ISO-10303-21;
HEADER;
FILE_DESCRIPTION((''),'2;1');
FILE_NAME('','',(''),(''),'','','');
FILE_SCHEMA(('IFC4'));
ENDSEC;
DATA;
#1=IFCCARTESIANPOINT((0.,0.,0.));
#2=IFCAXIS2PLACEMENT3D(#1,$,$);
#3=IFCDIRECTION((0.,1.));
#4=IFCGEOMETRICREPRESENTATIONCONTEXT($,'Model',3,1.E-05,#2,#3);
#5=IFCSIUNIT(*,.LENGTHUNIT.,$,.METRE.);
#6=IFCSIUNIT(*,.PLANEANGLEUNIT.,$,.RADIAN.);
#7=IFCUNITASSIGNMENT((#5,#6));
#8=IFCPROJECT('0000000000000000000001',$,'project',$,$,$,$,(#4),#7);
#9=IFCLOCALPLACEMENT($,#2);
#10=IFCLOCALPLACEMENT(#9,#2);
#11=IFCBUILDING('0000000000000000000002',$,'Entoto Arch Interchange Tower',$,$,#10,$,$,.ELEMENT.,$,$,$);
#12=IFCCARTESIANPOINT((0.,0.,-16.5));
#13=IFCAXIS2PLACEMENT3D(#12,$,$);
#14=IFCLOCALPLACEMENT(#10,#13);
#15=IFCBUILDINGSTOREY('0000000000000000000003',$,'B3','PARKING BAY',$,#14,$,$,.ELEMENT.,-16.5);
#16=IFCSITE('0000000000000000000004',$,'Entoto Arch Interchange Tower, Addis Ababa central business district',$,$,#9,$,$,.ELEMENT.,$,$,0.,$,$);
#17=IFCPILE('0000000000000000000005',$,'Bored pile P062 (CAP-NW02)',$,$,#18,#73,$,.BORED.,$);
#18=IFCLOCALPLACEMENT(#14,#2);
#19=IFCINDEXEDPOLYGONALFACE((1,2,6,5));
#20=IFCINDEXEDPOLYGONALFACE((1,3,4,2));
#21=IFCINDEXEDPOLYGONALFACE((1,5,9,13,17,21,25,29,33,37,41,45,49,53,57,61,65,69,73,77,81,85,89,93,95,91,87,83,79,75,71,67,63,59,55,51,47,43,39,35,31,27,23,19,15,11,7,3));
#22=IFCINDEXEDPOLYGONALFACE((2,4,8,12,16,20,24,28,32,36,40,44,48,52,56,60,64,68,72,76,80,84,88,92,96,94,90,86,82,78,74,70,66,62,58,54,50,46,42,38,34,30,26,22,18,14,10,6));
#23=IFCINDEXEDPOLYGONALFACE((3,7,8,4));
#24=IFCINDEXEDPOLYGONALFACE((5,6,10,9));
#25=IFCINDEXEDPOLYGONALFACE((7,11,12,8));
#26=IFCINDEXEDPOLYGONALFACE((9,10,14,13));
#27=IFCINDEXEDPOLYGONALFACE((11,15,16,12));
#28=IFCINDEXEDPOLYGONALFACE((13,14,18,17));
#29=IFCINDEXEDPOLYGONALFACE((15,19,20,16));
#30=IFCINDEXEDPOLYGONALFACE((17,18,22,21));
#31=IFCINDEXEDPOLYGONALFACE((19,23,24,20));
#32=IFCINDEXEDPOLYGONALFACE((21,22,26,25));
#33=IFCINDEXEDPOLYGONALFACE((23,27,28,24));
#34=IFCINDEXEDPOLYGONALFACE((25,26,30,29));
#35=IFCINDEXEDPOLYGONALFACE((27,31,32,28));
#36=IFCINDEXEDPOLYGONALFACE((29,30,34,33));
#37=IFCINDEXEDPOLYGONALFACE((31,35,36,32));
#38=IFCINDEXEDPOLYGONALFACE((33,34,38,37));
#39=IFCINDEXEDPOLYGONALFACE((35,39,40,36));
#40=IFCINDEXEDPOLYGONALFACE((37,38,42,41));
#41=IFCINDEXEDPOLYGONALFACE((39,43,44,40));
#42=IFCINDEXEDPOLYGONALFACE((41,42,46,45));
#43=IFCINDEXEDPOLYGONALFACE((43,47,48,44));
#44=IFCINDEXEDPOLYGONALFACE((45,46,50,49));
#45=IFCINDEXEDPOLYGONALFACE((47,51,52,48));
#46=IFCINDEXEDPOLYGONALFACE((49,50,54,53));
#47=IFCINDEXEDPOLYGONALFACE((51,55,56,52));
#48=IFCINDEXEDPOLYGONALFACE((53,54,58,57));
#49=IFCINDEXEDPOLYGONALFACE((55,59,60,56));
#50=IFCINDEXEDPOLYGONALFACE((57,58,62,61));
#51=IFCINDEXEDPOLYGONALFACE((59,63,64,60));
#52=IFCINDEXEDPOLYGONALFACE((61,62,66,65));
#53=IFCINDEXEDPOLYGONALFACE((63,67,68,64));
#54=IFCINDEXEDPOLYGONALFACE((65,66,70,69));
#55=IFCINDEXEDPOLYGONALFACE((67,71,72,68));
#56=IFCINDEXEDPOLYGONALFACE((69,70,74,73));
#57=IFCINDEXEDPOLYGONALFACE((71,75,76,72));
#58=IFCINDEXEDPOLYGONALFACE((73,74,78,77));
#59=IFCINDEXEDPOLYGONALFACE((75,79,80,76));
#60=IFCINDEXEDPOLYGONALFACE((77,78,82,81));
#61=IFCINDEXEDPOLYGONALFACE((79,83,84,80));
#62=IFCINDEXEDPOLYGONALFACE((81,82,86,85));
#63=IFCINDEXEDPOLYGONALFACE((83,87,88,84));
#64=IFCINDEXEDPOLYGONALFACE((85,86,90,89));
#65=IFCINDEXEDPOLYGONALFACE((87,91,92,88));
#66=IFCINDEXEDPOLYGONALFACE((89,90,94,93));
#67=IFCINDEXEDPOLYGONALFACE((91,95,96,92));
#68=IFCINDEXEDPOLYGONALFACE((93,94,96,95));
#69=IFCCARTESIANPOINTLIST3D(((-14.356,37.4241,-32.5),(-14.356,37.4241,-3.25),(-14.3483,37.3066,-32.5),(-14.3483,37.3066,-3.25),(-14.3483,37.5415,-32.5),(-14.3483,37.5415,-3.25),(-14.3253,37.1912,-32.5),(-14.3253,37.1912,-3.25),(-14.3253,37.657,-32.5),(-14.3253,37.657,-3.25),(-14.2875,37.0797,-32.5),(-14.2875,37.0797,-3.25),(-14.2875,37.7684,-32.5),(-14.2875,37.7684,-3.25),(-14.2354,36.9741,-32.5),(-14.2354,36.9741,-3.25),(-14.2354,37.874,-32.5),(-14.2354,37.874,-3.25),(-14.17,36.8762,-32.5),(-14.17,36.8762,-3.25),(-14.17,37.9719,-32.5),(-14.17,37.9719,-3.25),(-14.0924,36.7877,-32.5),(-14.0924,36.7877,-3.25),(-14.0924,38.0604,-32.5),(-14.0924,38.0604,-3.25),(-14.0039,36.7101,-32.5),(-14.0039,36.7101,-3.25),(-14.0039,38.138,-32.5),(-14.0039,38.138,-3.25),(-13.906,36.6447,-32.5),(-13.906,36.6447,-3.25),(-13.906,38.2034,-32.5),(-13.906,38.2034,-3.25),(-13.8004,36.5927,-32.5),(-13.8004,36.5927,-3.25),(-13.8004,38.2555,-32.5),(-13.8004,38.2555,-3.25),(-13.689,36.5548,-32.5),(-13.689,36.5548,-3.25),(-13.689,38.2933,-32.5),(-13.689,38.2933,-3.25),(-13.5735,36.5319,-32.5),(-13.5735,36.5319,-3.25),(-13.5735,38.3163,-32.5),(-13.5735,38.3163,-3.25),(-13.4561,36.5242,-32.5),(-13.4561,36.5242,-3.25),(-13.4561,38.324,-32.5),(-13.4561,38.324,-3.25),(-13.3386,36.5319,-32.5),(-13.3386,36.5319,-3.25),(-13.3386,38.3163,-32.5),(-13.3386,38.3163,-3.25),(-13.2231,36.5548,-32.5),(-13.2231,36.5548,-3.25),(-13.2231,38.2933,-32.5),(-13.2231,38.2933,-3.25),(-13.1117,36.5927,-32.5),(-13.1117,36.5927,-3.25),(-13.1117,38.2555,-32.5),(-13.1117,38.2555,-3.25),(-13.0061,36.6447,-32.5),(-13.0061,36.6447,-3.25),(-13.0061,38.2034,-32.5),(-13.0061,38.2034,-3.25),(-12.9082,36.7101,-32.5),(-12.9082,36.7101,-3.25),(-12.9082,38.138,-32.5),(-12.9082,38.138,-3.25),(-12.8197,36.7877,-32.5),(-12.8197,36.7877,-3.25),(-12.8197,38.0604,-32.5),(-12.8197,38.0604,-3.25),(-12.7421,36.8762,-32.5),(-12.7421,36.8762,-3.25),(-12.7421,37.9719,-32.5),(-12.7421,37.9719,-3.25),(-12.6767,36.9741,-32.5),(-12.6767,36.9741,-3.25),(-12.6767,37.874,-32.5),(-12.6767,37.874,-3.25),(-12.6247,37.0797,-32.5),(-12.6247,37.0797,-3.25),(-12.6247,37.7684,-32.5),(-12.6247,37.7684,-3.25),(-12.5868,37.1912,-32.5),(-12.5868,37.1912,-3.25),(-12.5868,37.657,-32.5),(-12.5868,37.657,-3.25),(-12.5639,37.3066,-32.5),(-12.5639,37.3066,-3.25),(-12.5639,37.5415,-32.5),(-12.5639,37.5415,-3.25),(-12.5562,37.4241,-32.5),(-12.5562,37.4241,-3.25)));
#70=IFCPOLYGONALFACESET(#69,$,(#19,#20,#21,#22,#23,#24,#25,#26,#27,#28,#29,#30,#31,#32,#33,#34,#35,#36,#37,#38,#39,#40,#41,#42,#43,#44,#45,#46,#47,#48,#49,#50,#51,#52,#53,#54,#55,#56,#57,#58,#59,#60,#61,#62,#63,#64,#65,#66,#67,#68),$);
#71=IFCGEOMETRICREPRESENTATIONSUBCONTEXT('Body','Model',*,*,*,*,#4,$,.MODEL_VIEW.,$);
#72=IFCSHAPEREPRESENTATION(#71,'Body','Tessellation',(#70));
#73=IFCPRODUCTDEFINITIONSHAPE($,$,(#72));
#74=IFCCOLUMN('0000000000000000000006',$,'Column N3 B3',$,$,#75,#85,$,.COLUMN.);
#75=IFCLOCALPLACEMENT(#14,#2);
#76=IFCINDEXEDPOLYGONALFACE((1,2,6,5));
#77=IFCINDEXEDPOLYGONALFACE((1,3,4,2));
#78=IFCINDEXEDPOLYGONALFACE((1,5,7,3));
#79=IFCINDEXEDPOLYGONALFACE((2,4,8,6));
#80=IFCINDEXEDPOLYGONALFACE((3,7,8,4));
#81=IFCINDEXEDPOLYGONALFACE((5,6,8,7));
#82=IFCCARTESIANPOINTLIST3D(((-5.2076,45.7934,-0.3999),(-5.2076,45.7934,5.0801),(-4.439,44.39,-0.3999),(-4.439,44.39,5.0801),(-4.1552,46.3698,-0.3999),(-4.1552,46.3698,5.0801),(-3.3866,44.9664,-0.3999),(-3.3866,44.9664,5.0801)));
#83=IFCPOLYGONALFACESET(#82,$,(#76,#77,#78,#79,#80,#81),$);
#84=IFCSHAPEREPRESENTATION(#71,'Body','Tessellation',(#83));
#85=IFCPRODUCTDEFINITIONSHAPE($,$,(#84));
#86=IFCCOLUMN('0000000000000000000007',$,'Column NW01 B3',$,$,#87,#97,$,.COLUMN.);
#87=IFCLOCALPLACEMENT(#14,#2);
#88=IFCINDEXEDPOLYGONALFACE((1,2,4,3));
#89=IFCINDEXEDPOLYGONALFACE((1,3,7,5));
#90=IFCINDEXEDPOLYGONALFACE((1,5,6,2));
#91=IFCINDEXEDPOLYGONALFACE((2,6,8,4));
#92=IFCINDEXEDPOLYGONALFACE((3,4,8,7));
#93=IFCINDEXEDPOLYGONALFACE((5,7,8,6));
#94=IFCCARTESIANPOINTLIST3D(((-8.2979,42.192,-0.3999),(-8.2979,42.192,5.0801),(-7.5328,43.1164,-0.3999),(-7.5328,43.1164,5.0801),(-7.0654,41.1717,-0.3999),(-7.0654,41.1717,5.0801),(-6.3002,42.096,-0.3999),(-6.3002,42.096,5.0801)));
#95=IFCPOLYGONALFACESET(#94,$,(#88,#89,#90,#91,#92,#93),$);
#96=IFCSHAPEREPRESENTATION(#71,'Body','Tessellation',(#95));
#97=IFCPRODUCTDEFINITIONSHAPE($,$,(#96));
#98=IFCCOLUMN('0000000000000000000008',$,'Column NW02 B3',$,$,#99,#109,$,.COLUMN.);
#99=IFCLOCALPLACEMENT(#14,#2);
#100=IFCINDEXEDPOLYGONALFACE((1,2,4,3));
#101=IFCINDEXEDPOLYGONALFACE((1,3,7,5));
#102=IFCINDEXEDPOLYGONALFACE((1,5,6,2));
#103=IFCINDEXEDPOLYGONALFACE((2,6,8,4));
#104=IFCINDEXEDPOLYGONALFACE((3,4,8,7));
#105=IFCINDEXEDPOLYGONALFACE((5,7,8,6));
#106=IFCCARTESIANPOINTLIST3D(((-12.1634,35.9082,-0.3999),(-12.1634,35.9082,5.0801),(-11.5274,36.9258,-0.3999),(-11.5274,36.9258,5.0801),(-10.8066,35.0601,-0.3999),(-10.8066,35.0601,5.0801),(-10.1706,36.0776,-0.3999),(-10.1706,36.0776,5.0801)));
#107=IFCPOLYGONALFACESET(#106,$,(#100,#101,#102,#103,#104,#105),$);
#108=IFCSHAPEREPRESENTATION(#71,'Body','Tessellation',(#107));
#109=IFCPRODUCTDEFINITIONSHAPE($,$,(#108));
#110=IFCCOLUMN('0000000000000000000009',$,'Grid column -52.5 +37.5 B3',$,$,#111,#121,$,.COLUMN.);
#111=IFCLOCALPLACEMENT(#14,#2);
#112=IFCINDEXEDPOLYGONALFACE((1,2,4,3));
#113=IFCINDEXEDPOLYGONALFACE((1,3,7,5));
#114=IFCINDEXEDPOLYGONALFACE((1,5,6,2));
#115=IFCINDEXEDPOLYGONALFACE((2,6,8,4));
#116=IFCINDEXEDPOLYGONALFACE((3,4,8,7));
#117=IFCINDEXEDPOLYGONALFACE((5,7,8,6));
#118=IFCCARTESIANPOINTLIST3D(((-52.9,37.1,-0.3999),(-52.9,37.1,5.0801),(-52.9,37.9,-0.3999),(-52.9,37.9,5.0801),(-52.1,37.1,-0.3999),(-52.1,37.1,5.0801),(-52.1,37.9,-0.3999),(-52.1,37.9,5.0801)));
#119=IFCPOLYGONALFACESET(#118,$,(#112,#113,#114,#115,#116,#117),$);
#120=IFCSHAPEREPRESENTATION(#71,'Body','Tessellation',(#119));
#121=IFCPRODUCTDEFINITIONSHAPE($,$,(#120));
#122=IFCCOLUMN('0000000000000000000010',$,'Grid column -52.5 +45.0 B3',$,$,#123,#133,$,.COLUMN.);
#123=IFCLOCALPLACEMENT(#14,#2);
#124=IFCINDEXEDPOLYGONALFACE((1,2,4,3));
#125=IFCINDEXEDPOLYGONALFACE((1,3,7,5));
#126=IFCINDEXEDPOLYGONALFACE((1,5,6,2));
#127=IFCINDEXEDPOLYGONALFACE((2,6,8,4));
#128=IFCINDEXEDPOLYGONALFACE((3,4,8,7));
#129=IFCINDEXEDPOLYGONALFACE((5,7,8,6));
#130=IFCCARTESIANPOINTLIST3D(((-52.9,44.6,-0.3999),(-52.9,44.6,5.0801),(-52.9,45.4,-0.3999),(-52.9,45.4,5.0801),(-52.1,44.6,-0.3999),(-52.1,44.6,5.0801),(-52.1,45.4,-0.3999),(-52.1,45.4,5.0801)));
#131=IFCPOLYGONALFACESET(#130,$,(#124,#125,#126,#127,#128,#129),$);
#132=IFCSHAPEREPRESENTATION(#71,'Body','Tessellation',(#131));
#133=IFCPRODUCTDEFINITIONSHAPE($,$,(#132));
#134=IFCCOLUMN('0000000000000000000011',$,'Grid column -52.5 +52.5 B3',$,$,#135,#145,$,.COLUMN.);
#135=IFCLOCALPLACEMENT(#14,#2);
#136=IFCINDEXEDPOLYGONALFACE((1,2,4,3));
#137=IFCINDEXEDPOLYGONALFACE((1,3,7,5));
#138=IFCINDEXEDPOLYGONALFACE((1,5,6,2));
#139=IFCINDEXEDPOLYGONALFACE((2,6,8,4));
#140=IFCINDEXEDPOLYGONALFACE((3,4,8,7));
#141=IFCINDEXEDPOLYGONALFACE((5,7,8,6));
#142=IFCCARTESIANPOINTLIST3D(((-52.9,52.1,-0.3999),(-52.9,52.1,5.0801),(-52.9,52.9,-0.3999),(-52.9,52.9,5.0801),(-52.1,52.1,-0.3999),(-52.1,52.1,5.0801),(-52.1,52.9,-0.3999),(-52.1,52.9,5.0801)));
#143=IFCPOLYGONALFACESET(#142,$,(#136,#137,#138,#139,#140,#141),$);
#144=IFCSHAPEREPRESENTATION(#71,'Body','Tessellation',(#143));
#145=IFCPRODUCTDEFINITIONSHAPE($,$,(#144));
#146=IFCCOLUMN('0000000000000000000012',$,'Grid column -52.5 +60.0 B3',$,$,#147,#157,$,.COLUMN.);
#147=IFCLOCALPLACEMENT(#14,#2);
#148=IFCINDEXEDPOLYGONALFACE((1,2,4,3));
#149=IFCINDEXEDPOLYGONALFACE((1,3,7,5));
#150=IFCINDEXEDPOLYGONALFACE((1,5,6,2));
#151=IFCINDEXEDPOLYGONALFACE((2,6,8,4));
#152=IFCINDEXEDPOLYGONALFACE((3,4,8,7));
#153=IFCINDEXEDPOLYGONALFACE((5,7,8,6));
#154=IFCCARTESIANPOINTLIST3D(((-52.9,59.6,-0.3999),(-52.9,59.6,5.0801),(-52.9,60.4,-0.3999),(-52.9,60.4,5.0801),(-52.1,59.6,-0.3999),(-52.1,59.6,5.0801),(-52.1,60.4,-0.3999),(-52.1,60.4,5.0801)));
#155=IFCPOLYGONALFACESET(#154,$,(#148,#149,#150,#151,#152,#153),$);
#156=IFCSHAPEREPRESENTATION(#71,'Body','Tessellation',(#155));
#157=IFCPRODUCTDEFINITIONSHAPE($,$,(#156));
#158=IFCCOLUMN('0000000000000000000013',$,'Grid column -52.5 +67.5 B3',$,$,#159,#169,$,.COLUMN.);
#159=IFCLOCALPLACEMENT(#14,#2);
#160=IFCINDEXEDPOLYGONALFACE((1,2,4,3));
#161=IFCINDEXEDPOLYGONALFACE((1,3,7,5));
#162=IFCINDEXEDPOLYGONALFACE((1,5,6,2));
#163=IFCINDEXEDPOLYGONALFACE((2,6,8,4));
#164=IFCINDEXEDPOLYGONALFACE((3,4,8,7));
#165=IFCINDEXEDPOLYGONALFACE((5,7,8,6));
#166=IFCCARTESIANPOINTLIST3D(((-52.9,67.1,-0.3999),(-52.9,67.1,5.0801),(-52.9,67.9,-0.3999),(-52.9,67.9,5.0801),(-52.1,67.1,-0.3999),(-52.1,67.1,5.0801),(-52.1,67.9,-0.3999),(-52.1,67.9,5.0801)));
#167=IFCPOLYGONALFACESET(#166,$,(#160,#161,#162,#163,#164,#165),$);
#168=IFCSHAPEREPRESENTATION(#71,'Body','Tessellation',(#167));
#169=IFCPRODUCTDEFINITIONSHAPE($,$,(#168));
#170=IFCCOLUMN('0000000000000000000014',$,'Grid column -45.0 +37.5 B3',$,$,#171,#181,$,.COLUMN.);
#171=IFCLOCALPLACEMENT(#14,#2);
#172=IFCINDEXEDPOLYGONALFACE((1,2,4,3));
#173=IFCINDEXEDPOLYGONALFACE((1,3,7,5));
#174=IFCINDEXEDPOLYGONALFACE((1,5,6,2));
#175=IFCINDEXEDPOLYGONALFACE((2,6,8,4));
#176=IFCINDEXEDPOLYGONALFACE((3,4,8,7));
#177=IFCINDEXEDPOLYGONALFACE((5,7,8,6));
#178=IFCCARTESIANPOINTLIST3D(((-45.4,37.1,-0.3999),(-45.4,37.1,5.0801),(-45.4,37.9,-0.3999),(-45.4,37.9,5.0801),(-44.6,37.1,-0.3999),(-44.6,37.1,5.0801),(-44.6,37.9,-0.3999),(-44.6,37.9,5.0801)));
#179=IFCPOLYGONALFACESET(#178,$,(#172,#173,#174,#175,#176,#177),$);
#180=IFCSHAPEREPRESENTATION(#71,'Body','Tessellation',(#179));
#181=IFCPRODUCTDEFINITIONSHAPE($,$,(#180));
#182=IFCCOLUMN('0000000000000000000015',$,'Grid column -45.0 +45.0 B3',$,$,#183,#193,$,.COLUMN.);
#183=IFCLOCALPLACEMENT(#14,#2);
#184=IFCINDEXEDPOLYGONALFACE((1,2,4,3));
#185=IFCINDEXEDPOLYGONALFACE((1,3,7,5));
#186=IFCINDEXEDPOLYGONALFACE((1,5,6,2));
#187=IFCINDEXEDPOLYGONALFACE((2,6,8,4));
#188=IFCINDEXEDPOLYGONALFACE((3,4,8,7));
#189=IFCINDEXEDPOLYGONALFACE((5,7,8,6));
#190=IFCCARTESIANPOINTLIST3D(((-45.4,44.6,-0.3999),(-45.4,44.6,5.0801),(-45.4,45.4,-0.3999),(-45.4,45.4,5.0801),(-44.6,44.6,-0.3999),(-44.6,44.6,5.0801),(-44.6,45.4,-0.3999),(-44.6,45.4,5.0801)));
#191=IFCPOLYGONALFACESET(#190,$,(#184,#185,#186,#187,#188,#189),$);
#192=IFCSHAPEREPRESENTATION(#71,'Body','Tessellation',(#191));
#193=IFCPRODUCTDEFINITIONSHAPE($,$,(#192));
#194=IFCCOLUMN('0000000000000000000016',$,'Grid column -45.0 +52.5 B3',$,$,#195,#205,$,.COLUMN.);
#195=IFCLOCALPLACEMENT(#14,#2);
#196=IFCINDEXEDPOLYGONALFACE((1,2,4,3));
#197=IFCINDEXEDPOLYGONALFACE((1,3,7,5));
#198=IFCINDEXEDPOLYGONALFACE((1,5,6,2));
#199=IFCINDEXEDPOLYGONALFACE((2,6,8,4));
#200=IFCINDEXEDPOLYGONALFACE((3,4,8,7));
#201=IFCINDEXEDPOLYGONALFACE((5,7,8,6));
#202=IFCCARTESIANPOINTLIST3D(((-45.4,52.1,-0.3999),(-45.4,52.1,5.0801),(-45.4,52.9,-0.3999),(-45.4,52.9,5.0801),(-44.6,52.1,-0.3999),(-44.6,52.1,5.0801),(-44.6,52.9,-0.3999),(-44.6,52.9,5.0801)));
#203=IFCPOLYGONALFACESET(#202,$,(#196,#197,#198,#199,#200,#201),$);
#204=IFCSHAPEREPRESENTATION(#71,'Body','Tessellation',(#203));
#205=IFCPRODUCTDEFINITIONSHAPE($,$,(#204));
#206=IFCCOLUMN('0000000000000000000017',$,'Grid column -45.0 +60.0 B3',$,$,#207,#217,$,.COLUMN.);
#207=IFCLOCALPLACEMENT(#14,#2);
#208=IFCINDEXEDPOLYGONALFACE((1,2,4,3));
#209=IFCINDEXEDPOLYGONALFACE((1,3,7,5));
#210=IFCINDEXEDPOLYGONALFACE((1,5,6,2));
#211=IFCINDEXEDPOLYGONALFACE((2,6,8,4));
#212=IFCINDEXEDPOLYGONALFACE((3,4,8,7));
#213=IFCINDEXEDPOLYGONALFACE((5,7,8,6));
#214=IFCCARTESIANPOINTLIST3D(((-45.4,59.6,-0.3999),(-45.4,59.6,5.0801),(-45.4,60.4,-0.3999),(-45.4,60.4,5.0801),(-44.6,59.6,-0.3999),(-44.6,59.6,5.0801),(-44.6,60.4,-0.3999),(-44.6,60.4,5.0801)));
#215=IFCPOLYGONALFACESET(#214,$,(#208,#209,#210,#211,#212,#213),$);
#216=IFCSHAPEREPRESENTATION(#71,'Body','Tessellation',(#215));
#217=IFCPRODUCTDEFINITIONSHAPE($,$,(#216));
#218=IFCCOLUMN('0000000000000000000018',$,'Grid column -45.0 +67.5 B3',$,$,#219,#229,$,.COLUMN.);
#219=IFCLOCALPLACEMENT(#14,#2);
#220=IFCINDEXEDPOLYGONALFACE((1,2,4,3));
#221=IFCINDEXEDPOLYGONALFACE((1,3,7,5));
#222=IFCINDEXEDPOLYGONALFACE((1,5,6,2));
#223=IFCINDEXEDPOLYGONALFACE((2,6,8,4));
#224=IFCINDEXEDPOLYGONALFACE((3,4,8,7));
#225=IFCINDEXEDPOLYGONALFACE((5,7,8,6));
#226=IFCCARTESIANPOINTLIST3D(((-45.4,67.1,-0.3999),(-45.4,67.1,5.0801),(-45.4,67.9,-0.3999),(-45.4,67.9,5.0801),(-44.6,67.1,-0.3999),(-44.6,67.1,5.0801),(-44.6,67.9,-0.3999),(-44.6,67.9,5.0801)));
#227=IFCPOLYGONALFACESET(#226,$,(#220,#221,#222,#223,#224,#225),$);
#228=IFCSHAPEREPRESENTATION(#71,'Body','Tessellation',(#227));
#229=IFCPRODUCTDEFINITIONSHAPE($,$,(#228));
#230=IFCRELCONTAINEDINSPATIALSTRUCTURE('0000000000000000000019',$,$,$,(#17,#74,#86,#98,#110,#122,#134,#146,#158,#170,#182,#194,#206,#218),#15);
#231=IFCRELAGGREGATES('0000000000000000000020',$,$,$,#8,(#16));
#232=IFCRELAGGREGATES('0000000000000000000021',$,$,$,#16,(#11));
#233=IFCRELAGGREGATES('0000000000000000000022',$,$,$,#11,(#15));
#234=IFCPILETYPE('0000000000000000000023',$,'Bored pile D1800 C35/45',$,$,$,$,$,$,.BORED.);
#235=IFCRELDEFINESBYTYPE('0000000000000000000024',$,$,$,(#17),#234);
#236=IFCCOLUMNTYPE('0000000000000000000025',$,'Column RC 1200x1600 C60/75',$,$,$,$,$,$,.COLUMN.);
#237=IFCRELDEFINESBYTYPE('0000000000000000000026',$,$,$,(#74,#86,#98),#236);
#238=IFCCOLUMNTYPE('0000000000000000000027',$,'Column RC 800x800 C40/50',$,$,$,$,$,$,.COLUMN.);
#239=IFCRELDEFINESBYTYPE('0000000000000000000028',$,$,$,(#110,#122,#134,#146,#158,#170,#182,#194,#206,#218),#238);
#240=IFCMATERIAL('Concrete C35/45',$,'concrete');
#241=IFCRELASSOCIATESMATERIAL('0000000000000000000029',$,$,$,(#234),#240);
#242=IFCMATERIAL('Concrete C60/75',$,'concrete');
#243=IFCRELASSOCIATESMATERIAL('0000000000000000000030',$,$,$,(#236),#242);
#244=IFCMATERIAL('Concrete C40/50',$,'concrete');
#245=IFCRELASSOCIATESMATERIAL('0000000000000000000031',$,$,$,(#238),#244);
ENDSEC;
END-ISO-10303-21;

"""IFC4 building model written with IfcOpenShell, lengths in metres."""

from ifc_helpers import new_model, si_unit, direction, frame, origin, origin_2d, place, context, subcontext, project, spatial, rectangle, circle, extrude, material, material_profile, profile_set, type_object, element, save


model = new_model("IFC4")

# Units and contexts
model_context = context("Model", 3, precision=1e-05, world=origin(), true_north=direction((0.0, 1.0)))
body_context = subcontext(model_context, "Body", "Model", "MODEL_VIEW")
ifc_project = project(units=[si_unit("LENGTHUNIT", "METRE"), si_unit("PLANEANGLEUNIT", "RADIAN")], contexts=[model_context])

# Site, building, storey
site_placement = place(None, origin())
site = spatial("IfcSite", under=ifc_project, at=site_placement, Name="Entoto Arch Interchange Tower, Addis Ababa central business district", CompositionType="ELEMENT", RefElevation=0.0)
building_placement = place(site_placement, origin())
building = spatial("IfcBuilding", under=site, at=building_placement, Name="Entoto Arch Interchange Tower", CompositionType="ELEMENT")
storey_placement = place(building_placement, frame((0.0, 0.0, -16.5)))
storey = spatial("IfcBuildingStorey", under=building, at=storey_placement, Name="B3", Description="PARKING BAY", CompositionType="ELEMENT", Elevation=-16.5)

# Pile
ifc_material_1 = material(Name="Concrete C35/45", Category="concrete")
ifc_material_profile_1 = material_profile(ifc_material_1, circle(Radius=0.8999, at=origin_2d()))
ifc_profile_set_1 = profile_set([ifc_material_profile_1], Name="Concrete C35/45")
pile_type = type_object("IfcPileType", Name="Bored pile D1800 C35/45", PredefinedType="BORED", material=ifc_profile_set_1)
for number, where, z_axis, x_axis, name in (
    (1, (-13.4561, 37.4241, -3.25), (0.0, 0.0, -1.0), (1.0, 0.0, 0.0), "Bored pile P062 (CAP-NW02)"),
):
    element("IfcPile", number, at=place(storey_placement, frame(where, z_axis=z_axis, x_axis=x_axis)), inside=storey, type_object=pile_type, Name=name, PredefinedType="BORED", context=body_context, shape_type="SweptSolid", body=[
        extrude(circle(Radius=0.8999, at=origin_2d()), origin(), (0.0, 0.0, 1.0), 29.25),
    ])

# Columns
ifc_material_2 = material(Name="Concrete C60/75", Category="concrete")
ifc_material_profile_2 = material_profile(ifc_material_2, rectangle(XDim=1.2, YDim=1.6001, at=origin_2d()))
ifc_profile_set_2 = profile_set([ifc_material_profile_2], Name="Concrete C60/75")
column_type_1 = type_object("IfcColumnType", Name="Column RC 1200x1600 C60/75", PredefinedType="COLUMN", material=ifc_profile_set_2)
for number, where, z_axis, x_axis, name in (
    (2, (-4.2971, 45.3799, -0.3999), (0.0, 0.0, 1.0), (0.877079, 0.480346, 0.0), "Column N3 B3"),
    (3, (-7.2991, 42.144, -0.3999), (0.0, 0.0, 1.0), (0.637666, 0.770313, 0.0), "Column NW01 B3"),
    (4, (-11.167, 35.9929, -0.3999), (0.0, 0.0, 1.0), (0.530067, 0.847956, 0.0), "Column NW02 B3"),
):
    element("IfcColumn", number, at=place(storey_placement, frame(where, z_axis=z_axis, x_axis=x_axis)), inside=storey, type_object=column_type_1, Name=name, PredefinedType="COLUMN", context=body_context, shape_type="SweptSolid", body=[
        extrude(rectangle(XDim=1.2, YDim=1.6001, at=origin_2d()), origin(), (0.0, 0.0, 1.0), 5.48),
    ])
ifc_material_3 = material(Name="Concrete C40/50", Category="concrete")
ifc_material_profile_3 = material_profile(ifc_material_3, rectangle(XDim=0.8, YDim=0.8, at=origin_2d()))
ifc_profile_set_3 = profile_set([ifc_material_profile_3], Name="Concrete C40/50")
column_type_2 = type_object("IfcColumnType", Name="Column RC 800x800 C40/50", PredefinedType="COLUMN", material=ifc_profile_set_3)
for number, where, z_axis, x_axis, name in (
    (5, (-52.5, 37.5, -0.3999), (0.0, 0.0, 1.0), (1.0, 0.0, 0.0), "Grid column -52.5 +37.5 B3"),
    (6, (-52.5, 45.0, -0.3999), (0.0, 0.0, 1.0), (1.0, 0.0, 0.0), "Grid column -52.5 +45.0 B3"),
    (7, (-52.5, 52.5, -0.3999), (0.0, 0.0, 1.0), (1.0, 0.0, 0.0), "Grid column -52.5 +52.5 B3"),
    (8, (-52.5, 60.0, -0.3999), (0.0, 0.0, 1.0), (1.0, 0.0, 0.0), "Grid column -52.5 +60.0 B3"),
    (9, (-52.5, 67.5, -0.3999), (0.0, 0.0, 1.0), (1.0, 0.0, 0.0), "Grid column -52.5 +67.5 B3"),
    (10, (-45.0, 37.5, -0.3999), (0.0, 0.0, 1.0), (1.0, 0.0, 0.0), "Grid column -45.0 +37.5 B3"),
    (11, (-45.0, 45.0, -0.3999), (0.0, 0.0, 1.0), (1.0, 0.0, 0.0), "Grid column -45.0 +45.0 B3"),
    (12, (-45.0, 52.5, -0.3999), (0.0, 0.0, 1.0), (1.0, 0.0, 0.0), "Grid column -45.0 +52.5 B3"),
    (13, (-45.0, 60.0, -0.3999), (0.0, 0.0, 1.0), (1.0, 0.0, 0.0), "Grid column -45.0 +60.0 B3"),
    (14, (-45.0, 67.5, -0.3999), (0.0, 0.0, 1.0), (1.0, 0.0, 0.0), "Grid column -45.0 +67.5 B3"),
):
    element("IfcColumn", number, at=place(storey_placement, frame(where, z_axis=z_axis, x_axis=x_axis)), inside=storey, type_object=column_type_2, Name=name, PredefinedType="COLUMN", context=body_context, shape_type="SweptSolid", body=[
        extrude(rectangle(XDim=0.8, YDim=0.8, at=origin_2d()), origin(), (0.0, 0.0, 1.0), 5.48),
    ])

save(model, "model.ifc")
